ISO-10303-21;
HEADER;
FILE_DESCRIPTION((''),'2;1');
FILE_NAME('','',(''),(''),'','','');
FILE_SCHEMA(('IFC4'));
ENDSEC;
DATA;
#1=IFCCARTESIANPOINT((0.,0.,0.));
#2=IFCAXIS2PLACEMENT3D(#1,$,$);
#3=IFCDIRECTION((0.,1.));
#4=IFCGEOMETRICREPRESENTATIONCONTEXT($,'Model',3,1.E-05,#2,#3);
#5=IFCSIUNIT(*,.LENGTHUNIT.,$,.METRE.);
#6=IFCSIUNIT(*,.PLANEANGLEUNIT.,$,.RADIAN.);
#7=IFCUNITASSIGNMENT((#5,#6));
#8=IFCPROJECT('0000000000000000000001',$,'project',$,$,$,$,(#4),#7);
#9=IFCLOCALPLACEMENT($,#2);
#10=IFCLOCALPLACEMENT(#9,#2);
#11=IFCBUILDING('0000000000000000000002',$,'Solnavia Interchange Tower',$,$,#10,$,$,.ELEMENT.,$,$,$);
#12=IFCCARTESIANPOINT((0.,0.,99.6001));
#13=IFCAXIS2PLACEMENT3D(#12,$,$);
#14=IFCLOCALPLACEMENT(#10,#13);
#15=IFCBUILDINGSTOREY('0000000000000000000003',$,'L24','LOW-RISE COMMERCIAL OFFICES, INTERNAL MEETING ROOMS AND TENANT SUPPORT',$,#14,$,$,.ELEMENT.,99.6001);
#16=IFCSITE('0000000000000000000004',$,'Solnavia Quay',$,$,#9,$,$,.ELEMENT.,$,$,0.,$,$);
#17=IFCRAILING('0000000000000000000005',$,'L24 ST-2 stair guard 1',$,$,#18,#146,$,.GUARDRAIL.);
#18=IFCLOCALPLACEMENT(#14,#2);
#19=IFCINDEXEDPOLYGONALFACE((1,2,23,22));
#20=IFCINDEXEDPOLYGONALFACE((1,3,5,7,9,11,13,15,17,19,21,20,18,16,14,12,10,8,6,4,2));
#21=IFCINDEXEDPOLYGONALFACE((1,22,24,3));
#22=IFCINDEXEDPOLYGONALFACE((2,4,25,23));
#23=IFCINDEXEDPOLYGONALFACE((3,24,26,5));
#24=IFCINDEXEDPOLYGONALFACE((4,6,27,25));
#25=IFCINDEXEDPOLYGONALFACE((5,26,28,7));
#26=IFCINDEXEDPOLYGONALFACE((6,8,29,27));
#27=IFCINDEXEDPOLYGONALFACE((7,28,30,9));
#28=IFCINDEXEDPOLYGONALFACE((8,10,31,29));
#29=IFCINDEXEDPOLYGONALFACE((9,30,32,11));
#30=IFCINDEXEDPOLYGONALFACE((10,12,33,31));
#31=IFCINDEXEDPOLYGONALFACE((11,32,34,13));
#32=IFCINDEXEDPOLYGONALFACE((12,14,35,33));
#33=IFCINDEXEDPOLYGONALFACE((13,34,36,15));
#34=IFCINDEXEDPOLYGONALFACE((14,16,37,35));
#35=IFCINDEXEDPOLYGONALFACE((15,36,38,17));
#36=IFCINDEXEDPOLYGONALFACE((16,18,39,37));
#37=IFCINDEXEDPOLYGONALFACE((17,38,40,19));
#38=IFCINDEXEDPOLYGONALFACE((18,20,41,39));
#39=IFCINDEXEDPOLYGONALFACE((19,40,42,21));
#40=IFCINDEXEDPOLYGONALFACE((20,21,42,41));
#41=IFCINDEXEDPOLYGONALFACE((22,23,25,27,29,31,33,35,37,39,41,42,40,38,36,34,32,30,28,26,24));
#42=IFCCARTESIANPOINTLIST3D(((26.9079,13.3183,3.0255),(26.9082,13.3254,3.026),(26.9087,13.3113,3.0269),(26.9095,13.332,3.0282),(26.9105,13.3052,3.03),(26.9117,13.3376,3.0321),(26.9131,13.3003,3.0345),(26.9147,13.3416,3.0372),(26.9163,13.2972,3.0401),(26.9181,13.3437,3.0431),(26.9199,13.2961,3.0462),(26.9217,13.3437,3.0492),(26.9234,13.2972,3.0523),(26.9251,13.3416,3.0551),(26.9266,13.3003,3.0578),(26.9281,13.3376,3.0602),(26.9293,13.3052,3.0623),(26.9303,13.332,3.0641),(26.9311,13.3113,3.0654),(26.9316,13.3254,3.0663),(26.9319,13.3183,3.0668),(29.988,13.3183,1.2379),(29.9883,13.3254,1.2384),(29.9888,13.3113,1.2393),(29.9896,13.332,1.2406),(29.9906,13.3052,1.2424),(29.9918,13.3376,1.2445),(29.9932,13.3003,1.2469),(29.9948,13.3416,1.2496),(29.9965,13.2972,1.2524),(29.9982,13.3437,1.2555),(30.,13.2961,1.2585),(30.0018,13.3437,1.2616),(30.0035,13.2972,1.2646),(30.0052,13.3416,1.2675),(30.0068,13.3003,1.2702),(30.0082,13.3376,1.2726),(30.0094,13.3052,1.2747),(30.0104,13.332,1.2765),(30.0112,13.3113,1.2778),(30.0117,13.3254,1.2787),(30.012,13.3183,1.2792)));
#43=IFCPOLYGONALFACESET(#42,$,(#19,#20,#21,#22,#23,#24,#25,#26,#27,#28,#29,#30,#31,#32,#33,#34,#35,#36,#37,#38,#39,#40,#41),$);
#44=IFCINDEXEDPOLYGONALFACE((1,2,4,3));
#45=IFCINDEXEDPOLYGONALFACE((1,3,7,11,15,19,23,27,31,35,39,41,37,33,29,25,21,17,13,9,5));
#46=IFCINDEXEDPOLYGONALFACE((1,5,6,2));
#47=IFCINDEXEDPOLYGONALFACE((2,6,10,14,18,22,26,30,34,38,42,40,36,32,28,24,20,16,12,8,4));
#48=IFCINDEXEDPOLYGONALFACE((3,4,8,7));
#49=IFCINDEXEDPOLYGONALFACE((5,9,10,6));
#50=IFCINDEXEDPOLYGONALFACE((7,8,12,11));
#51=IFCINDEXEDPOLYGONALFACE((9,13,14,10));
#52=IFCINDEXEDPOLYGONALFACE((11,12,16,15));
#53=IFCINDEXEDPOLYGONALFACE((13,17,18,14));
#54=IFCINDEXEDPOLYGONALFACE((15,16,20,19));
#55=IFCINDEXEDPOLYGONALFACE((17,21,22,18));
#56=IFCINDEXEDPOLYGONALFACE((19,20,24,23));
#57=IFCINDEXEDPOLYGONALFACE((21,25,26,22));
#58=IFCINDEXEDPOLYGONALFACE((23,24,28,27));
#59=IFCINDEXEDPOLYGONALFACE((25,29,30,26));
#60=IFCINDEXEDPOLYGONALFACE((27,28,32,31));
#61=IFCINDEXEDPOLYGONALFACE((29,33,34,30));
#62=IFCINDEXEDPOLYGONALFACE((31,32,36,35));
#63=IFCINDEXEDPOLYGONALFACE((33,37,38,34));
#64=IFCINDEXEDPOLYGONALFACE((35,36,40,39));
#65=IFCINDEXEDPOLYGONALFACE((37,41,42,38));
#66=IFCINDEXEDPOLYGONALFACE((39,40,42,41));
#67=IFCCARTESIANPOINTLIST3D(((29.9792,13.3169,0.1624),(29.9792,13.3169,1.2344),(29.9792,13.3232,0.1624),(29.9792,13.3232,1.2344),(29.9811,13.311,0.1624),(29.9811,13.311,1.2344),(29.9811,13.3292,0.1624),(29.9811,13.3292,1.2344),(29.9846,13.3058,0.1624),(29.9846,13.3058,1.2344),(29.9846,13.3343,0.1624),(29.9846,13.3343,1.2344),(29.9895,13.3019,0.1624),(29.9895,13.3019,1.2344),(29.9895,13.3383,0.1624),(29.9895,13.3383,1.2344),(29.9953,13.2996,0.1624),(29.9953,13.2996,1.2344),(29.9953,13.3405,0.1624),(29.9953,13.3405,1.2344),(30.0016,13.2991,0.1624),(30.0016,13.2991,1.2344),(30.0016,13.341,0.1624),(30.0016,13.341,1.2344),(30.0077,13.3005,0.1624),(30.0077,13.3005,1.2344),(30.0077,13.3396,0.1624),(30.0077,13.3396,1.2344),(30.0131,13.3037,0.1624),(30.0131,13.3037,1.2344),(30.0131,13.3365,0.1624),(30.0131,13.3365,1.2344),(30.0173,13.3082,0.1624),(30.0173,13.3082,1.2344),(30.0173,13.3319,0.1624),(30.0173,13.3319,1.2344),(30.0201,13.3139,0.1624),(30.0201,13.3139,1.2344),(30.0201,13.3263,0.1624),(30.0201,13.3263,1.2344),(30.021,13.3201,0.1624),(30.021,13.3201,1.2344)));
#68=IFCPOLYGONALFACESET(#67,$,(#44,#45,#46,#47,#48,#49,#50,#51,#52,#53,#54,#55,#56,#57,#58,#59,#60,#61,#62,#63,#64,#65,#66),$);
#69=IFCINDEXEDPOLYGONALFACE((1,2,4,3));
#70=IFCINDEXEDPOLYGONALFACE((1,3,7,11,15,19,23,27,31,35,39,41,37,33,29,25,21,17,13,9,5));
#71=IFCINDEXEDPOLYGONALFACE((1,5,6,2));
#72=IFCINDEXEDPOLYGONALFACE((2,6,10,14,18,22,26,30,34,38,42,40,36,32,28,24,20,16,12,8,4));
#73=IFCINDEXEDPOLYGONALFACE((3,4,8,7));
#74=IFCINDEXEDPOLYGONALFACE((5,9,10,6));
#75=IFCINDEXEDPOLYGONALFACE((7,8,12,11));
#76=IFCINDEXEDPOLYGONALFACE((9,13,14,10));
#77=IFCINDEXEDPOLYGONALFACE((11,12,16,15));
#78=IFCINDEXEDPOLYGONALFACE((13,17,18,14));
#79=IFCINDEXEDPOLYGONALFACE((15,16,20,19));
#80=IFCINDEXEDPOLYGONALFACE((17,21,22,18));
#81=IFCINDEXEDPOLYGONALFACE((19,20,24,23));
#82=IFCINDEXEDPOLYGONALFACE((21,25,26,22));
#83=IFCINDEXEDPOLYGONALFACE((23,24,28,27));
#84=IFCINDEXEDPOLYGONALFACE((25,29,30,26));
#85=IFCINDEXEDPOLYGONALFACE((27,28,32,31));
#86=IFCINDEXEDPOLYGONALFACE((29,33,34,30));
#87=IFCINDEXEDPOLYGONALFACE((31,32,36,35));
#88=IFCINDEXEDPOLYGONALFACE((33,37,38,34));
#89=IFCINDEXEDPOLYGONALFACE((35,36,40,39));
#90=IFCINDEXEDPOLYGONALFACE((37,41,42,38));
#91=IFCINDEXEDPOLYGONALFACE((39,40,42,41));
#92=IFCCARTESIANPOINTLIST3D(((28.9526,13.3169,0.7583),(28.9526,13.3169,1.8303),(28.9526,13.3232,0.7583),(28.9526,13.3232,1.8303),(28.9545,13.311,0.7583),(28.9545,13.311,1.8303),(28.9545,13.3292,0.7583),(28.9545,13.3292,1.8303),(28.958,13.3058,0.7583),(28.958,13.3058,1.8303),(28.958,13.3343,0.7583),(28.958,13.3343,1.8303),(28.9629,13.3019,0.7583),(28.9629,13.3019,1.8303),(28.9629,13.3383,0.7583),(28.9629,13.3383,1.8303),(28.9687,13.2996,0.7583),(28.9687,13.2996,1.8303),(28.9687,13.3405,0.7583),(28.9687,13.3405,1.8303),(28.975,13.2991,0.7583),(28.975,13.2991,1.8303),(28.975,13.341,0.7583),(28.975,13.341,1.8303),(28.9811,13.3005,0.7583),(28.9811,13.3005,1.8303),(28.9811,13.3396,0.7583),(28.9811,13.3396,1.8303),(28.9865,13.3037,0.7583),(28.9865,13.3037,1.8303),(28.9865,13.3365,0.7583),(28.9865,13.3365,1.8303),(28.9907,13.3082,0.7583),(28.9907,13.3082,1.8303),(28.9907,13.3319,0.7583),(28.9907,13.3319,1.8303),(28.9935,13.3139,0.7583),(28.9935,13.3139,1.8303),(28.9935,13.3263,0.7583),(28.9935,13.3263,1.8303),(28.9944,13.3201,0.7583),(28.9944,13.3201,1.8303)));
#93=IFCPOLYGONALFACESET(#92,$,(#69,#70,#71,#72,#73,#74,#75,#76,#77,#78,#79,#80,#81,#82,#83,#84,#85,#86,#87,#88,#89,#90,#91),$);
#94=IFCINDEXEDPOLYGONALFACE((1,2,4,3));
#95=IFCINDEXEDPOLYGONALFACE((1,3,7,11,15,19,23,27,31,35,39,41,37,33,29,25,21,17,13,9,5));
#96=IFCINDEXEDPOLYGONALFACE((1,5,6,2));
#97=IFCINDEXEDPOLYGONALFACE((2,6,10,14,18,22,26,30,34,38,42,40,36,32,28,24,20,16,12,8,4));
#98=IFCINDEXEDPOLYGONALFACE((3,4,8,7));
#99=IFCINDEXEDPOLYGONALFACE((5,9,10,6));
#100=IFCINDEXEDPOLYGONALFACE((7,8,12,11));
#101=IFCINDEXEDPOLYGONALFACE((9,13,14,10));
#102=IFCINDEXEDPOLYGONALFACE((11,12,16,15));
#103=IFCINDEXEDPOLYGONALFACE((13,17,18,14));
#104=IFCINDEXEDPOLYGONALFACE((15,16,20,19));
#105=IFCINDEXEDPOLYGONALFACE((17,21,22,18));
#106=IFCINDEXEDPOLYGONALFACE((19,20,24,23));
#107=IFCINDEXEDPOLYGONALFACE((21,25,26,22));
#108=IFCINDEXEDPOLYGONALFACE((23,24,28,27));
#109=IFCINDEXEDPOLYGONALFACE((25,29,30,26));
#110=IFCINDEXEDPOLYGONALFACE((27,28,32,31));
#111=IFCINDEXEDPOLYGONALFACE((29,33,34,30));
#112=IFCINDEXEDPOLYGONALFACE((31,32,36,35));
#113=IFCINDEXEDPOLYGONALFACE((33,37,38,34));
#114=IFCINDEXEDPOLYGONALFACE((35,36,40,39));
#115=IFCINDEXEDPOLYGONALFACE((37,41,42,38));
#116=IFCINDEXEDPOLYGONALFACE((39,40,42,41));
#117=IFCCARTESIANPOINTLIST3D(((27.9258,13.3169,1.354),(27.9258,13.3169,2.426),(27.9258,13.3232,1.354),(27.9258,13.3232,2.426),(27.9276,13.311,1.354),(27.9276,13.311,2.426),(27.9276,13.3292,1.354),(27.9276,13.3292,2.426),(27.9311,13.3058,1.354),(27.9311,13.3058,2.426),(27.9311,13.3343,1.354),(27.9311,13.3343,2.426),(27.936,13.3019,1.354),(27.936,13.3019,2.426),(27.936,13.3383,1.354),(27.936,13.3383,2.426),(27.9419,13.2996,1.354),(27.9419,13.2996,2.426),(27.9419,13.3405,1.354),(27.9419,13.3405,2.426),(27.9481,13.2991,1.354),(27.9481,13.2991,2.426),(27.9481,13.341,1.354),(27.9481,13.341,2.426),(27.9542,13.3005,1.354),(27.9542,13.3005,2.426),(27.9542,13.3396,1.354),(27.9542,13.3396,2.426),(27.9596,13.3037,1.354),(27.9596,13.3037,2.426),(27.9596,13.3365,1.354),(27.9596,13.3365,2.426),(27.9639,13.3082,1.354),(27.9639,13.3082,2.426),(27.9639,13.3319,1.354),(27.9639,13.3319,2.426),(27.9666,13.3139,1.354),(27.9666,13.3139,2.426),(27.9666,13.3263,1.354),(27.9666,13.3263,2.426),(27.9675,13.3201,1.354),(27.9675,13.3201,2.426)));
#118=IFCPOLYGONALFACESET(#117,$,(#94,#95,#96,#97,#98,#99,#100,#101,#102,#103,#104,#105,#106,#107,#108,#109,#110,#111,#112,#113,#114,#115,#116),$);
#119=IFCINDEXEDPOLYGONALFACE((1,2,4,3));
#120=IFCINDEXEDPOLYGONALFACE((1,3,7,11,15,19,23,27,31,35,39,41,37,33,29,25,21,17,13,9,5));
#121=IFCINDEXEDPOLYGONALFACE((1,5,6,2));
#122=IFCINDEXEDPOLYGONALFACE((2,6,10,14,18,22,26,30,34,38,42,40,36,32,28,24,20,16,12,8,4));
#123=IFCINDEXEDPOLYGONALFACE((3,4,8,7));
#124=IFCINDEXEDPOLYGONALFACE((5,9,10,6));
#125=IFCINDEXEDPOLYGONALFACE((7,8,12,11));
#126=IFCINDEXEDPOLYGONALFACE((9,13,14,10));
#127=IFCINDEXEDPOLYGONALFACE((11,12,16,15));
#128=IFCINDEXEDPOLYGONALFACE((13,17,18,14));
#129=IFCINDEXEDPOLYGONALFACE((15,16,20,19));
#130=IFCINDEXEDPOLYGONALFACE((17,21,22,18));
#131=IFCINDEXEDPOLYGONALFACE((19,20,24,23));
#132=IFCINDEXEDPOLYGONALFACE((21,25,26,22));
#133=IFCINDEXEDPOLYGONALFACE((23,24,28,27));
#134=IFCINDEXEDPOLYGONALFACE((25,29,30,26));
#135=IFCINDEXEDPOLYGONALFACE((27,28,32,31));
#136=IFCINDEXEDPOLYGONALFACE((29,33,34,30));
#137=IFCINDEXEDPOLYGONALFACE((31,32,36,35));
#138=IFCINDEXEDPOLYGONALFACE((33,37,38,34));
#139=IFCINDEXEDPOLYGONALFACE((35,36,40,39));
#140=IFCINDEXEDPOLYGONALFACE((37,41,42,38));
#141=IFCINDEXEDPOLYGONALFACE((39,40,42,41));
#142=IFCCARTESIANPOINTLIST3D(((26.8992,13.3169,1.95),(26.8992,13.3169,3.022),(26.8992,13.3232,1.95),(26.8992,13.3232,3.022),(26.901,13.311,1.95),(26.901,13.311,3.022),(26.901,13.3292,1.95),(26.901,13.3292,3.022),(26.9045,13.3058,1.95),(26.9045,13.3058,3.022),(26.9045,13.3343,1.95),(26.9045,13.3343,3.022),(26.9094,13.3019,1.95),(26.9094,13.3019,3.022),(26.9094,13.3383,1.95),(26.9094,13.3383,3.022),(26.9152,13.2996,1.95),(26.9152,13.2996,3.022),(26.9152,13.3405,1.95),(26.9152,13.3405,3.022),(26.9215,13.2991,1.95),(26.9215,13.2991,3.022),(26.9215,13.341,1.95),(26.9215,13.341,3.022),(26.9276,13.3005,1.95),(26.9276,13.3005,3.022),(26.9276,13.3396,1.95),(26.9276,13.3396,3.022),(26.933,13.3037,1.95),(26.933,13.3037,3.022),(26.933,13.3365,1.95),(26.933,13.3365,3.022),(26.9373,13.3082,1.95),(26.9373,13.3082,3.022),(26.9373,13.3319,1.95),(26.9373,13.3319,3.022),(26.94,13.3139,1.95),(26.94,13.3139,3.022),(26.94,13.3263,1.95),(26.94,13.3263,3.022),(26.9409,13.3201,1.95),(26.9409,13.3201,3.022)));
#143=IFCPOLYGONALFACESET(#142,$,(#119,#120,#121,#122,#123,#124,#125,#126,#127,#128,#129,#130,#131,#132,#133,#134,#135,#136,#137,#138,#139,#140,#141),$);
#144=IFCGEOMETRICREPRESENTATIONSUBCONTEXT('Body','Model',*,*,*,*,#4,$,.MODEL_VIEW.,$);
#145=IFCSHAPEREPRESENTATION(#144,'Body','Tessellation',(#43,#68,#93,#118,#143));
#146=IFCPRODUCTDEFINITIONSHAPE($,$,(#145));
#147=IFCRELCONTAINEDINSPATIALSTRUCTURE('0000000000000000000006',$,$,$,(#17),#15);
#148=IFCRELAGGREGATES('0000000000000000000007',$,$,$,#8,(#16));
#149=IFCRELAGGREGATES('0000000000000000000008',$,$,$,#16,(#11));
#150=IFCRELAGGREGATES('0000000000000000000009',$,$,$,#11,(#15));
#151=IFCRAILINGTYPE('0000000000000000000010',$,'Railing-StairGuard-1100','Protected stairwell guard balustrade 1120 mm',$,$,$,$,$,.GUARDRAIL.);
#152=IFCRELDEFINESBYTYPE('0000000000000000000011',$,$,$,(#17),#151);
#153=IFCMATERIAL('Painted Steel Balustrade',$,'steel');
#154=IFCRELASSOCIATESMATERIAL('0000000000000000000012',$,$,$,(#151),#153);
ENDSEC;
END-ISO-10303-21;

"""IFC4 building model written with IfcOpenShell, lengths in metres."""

from ifc_helpers import new_model, si_unit, direction, frame, origin, origin_2d, place, context, subcontext, project, spatial, circle, extrude, material, type_object, element, save


model = new_model("IFC4")

# Units and contexts
model_context = context("Model", 3, precision=1e-05, world=origin(), true_north=direction((0.0, 1.0)))
body_context = subcontext(model_context, "Body", "Model", "MODEL_VIEW")
ifc_project = project(units=[si_unit("LENGTHUNIT", "METRE"), si_unit("PLANEANGLEUNIT", "RADIAN")], contexts=[model_context])

# Site, building, storey
site_placement = place(None, origin())
site = spatial("IfcSite", under=ifc_project, at=site_placement, Name="Solnavia Quay", CompositionType="ELEMENT", RefElevation=0.0)
building_placement = place(site_placement, origin())
building = spatial("IfcBuilding", under=site, at=building_placement, Name="Solnavia Interchange Tower", CompositionType="ELEMENT")
storey_placement = place(building_placement, frame((0.0, 0.0, 99.6001)))
storey = spatial("IfcBuildingStorey", under=building, at=storey_placement, Name="L24", Description="LOW-RISE COMMERCIAL OFFICES, INTERNAL MEETING ROOMS AND TENANT SUPPORT", CompositionType="ELEMENT", Elevation=99.6001)

# Railing
ifc_material_1 = material(Name="Painted Steel Balustrade", Category="steel")
railing_type_1 = type_object("IfcRailingType", Name="Railing-StairGuard-1100", Description="Protected stairwell guard balustrade 1120 mm", PredefinedType="GUARDRAIL", material=ifc_material_1)
railing_1_placement = place(storey_placement, frame((30.0, 13.3201, 0.1624)))
element("IfcRailing", 1, at=railing_1_placement, inside=storey, type_object=railing_type_1, Name="L24 ST-2 stair guard 1", PredefinedType="GUARDRAIL", context=body_context, shape_type="SweptSolid", body=[
    extrude(circle(Radius=0.0239, at=origin_2d()), frame((0.0, 0.0, 1.0962), z_axis=(-0.864891, 0.0, 0.50196), x_axis=(0.0, -1.0, 0.0)), (0.0, 0.0, 1.0), 3.5613),
    extrude(circle(Radius=0.021, at=origin_2d()), origin(), (0.0, 0.0, 1.0), 1.072),
    extrude(circle(Radius=0.021, at=origin_2d()), frame((-1.0266, 0.0, 0.5959)), (0.0, 0.0, 1.0), 1.072),
    extrude(circle(Radius=0.021, at=origin_2d()), frame((-2.0535, 0.0, 1.1917)), (0.0, 0.0, 1.0), 1.072),
    extrude(circle(Radius=0.021, at=origin_2d()), frame((-3.0801, 0.0, 1.7876)), (0.0, 0.0, 1.0), 1.072),
])

save(model, "model.ifc")
